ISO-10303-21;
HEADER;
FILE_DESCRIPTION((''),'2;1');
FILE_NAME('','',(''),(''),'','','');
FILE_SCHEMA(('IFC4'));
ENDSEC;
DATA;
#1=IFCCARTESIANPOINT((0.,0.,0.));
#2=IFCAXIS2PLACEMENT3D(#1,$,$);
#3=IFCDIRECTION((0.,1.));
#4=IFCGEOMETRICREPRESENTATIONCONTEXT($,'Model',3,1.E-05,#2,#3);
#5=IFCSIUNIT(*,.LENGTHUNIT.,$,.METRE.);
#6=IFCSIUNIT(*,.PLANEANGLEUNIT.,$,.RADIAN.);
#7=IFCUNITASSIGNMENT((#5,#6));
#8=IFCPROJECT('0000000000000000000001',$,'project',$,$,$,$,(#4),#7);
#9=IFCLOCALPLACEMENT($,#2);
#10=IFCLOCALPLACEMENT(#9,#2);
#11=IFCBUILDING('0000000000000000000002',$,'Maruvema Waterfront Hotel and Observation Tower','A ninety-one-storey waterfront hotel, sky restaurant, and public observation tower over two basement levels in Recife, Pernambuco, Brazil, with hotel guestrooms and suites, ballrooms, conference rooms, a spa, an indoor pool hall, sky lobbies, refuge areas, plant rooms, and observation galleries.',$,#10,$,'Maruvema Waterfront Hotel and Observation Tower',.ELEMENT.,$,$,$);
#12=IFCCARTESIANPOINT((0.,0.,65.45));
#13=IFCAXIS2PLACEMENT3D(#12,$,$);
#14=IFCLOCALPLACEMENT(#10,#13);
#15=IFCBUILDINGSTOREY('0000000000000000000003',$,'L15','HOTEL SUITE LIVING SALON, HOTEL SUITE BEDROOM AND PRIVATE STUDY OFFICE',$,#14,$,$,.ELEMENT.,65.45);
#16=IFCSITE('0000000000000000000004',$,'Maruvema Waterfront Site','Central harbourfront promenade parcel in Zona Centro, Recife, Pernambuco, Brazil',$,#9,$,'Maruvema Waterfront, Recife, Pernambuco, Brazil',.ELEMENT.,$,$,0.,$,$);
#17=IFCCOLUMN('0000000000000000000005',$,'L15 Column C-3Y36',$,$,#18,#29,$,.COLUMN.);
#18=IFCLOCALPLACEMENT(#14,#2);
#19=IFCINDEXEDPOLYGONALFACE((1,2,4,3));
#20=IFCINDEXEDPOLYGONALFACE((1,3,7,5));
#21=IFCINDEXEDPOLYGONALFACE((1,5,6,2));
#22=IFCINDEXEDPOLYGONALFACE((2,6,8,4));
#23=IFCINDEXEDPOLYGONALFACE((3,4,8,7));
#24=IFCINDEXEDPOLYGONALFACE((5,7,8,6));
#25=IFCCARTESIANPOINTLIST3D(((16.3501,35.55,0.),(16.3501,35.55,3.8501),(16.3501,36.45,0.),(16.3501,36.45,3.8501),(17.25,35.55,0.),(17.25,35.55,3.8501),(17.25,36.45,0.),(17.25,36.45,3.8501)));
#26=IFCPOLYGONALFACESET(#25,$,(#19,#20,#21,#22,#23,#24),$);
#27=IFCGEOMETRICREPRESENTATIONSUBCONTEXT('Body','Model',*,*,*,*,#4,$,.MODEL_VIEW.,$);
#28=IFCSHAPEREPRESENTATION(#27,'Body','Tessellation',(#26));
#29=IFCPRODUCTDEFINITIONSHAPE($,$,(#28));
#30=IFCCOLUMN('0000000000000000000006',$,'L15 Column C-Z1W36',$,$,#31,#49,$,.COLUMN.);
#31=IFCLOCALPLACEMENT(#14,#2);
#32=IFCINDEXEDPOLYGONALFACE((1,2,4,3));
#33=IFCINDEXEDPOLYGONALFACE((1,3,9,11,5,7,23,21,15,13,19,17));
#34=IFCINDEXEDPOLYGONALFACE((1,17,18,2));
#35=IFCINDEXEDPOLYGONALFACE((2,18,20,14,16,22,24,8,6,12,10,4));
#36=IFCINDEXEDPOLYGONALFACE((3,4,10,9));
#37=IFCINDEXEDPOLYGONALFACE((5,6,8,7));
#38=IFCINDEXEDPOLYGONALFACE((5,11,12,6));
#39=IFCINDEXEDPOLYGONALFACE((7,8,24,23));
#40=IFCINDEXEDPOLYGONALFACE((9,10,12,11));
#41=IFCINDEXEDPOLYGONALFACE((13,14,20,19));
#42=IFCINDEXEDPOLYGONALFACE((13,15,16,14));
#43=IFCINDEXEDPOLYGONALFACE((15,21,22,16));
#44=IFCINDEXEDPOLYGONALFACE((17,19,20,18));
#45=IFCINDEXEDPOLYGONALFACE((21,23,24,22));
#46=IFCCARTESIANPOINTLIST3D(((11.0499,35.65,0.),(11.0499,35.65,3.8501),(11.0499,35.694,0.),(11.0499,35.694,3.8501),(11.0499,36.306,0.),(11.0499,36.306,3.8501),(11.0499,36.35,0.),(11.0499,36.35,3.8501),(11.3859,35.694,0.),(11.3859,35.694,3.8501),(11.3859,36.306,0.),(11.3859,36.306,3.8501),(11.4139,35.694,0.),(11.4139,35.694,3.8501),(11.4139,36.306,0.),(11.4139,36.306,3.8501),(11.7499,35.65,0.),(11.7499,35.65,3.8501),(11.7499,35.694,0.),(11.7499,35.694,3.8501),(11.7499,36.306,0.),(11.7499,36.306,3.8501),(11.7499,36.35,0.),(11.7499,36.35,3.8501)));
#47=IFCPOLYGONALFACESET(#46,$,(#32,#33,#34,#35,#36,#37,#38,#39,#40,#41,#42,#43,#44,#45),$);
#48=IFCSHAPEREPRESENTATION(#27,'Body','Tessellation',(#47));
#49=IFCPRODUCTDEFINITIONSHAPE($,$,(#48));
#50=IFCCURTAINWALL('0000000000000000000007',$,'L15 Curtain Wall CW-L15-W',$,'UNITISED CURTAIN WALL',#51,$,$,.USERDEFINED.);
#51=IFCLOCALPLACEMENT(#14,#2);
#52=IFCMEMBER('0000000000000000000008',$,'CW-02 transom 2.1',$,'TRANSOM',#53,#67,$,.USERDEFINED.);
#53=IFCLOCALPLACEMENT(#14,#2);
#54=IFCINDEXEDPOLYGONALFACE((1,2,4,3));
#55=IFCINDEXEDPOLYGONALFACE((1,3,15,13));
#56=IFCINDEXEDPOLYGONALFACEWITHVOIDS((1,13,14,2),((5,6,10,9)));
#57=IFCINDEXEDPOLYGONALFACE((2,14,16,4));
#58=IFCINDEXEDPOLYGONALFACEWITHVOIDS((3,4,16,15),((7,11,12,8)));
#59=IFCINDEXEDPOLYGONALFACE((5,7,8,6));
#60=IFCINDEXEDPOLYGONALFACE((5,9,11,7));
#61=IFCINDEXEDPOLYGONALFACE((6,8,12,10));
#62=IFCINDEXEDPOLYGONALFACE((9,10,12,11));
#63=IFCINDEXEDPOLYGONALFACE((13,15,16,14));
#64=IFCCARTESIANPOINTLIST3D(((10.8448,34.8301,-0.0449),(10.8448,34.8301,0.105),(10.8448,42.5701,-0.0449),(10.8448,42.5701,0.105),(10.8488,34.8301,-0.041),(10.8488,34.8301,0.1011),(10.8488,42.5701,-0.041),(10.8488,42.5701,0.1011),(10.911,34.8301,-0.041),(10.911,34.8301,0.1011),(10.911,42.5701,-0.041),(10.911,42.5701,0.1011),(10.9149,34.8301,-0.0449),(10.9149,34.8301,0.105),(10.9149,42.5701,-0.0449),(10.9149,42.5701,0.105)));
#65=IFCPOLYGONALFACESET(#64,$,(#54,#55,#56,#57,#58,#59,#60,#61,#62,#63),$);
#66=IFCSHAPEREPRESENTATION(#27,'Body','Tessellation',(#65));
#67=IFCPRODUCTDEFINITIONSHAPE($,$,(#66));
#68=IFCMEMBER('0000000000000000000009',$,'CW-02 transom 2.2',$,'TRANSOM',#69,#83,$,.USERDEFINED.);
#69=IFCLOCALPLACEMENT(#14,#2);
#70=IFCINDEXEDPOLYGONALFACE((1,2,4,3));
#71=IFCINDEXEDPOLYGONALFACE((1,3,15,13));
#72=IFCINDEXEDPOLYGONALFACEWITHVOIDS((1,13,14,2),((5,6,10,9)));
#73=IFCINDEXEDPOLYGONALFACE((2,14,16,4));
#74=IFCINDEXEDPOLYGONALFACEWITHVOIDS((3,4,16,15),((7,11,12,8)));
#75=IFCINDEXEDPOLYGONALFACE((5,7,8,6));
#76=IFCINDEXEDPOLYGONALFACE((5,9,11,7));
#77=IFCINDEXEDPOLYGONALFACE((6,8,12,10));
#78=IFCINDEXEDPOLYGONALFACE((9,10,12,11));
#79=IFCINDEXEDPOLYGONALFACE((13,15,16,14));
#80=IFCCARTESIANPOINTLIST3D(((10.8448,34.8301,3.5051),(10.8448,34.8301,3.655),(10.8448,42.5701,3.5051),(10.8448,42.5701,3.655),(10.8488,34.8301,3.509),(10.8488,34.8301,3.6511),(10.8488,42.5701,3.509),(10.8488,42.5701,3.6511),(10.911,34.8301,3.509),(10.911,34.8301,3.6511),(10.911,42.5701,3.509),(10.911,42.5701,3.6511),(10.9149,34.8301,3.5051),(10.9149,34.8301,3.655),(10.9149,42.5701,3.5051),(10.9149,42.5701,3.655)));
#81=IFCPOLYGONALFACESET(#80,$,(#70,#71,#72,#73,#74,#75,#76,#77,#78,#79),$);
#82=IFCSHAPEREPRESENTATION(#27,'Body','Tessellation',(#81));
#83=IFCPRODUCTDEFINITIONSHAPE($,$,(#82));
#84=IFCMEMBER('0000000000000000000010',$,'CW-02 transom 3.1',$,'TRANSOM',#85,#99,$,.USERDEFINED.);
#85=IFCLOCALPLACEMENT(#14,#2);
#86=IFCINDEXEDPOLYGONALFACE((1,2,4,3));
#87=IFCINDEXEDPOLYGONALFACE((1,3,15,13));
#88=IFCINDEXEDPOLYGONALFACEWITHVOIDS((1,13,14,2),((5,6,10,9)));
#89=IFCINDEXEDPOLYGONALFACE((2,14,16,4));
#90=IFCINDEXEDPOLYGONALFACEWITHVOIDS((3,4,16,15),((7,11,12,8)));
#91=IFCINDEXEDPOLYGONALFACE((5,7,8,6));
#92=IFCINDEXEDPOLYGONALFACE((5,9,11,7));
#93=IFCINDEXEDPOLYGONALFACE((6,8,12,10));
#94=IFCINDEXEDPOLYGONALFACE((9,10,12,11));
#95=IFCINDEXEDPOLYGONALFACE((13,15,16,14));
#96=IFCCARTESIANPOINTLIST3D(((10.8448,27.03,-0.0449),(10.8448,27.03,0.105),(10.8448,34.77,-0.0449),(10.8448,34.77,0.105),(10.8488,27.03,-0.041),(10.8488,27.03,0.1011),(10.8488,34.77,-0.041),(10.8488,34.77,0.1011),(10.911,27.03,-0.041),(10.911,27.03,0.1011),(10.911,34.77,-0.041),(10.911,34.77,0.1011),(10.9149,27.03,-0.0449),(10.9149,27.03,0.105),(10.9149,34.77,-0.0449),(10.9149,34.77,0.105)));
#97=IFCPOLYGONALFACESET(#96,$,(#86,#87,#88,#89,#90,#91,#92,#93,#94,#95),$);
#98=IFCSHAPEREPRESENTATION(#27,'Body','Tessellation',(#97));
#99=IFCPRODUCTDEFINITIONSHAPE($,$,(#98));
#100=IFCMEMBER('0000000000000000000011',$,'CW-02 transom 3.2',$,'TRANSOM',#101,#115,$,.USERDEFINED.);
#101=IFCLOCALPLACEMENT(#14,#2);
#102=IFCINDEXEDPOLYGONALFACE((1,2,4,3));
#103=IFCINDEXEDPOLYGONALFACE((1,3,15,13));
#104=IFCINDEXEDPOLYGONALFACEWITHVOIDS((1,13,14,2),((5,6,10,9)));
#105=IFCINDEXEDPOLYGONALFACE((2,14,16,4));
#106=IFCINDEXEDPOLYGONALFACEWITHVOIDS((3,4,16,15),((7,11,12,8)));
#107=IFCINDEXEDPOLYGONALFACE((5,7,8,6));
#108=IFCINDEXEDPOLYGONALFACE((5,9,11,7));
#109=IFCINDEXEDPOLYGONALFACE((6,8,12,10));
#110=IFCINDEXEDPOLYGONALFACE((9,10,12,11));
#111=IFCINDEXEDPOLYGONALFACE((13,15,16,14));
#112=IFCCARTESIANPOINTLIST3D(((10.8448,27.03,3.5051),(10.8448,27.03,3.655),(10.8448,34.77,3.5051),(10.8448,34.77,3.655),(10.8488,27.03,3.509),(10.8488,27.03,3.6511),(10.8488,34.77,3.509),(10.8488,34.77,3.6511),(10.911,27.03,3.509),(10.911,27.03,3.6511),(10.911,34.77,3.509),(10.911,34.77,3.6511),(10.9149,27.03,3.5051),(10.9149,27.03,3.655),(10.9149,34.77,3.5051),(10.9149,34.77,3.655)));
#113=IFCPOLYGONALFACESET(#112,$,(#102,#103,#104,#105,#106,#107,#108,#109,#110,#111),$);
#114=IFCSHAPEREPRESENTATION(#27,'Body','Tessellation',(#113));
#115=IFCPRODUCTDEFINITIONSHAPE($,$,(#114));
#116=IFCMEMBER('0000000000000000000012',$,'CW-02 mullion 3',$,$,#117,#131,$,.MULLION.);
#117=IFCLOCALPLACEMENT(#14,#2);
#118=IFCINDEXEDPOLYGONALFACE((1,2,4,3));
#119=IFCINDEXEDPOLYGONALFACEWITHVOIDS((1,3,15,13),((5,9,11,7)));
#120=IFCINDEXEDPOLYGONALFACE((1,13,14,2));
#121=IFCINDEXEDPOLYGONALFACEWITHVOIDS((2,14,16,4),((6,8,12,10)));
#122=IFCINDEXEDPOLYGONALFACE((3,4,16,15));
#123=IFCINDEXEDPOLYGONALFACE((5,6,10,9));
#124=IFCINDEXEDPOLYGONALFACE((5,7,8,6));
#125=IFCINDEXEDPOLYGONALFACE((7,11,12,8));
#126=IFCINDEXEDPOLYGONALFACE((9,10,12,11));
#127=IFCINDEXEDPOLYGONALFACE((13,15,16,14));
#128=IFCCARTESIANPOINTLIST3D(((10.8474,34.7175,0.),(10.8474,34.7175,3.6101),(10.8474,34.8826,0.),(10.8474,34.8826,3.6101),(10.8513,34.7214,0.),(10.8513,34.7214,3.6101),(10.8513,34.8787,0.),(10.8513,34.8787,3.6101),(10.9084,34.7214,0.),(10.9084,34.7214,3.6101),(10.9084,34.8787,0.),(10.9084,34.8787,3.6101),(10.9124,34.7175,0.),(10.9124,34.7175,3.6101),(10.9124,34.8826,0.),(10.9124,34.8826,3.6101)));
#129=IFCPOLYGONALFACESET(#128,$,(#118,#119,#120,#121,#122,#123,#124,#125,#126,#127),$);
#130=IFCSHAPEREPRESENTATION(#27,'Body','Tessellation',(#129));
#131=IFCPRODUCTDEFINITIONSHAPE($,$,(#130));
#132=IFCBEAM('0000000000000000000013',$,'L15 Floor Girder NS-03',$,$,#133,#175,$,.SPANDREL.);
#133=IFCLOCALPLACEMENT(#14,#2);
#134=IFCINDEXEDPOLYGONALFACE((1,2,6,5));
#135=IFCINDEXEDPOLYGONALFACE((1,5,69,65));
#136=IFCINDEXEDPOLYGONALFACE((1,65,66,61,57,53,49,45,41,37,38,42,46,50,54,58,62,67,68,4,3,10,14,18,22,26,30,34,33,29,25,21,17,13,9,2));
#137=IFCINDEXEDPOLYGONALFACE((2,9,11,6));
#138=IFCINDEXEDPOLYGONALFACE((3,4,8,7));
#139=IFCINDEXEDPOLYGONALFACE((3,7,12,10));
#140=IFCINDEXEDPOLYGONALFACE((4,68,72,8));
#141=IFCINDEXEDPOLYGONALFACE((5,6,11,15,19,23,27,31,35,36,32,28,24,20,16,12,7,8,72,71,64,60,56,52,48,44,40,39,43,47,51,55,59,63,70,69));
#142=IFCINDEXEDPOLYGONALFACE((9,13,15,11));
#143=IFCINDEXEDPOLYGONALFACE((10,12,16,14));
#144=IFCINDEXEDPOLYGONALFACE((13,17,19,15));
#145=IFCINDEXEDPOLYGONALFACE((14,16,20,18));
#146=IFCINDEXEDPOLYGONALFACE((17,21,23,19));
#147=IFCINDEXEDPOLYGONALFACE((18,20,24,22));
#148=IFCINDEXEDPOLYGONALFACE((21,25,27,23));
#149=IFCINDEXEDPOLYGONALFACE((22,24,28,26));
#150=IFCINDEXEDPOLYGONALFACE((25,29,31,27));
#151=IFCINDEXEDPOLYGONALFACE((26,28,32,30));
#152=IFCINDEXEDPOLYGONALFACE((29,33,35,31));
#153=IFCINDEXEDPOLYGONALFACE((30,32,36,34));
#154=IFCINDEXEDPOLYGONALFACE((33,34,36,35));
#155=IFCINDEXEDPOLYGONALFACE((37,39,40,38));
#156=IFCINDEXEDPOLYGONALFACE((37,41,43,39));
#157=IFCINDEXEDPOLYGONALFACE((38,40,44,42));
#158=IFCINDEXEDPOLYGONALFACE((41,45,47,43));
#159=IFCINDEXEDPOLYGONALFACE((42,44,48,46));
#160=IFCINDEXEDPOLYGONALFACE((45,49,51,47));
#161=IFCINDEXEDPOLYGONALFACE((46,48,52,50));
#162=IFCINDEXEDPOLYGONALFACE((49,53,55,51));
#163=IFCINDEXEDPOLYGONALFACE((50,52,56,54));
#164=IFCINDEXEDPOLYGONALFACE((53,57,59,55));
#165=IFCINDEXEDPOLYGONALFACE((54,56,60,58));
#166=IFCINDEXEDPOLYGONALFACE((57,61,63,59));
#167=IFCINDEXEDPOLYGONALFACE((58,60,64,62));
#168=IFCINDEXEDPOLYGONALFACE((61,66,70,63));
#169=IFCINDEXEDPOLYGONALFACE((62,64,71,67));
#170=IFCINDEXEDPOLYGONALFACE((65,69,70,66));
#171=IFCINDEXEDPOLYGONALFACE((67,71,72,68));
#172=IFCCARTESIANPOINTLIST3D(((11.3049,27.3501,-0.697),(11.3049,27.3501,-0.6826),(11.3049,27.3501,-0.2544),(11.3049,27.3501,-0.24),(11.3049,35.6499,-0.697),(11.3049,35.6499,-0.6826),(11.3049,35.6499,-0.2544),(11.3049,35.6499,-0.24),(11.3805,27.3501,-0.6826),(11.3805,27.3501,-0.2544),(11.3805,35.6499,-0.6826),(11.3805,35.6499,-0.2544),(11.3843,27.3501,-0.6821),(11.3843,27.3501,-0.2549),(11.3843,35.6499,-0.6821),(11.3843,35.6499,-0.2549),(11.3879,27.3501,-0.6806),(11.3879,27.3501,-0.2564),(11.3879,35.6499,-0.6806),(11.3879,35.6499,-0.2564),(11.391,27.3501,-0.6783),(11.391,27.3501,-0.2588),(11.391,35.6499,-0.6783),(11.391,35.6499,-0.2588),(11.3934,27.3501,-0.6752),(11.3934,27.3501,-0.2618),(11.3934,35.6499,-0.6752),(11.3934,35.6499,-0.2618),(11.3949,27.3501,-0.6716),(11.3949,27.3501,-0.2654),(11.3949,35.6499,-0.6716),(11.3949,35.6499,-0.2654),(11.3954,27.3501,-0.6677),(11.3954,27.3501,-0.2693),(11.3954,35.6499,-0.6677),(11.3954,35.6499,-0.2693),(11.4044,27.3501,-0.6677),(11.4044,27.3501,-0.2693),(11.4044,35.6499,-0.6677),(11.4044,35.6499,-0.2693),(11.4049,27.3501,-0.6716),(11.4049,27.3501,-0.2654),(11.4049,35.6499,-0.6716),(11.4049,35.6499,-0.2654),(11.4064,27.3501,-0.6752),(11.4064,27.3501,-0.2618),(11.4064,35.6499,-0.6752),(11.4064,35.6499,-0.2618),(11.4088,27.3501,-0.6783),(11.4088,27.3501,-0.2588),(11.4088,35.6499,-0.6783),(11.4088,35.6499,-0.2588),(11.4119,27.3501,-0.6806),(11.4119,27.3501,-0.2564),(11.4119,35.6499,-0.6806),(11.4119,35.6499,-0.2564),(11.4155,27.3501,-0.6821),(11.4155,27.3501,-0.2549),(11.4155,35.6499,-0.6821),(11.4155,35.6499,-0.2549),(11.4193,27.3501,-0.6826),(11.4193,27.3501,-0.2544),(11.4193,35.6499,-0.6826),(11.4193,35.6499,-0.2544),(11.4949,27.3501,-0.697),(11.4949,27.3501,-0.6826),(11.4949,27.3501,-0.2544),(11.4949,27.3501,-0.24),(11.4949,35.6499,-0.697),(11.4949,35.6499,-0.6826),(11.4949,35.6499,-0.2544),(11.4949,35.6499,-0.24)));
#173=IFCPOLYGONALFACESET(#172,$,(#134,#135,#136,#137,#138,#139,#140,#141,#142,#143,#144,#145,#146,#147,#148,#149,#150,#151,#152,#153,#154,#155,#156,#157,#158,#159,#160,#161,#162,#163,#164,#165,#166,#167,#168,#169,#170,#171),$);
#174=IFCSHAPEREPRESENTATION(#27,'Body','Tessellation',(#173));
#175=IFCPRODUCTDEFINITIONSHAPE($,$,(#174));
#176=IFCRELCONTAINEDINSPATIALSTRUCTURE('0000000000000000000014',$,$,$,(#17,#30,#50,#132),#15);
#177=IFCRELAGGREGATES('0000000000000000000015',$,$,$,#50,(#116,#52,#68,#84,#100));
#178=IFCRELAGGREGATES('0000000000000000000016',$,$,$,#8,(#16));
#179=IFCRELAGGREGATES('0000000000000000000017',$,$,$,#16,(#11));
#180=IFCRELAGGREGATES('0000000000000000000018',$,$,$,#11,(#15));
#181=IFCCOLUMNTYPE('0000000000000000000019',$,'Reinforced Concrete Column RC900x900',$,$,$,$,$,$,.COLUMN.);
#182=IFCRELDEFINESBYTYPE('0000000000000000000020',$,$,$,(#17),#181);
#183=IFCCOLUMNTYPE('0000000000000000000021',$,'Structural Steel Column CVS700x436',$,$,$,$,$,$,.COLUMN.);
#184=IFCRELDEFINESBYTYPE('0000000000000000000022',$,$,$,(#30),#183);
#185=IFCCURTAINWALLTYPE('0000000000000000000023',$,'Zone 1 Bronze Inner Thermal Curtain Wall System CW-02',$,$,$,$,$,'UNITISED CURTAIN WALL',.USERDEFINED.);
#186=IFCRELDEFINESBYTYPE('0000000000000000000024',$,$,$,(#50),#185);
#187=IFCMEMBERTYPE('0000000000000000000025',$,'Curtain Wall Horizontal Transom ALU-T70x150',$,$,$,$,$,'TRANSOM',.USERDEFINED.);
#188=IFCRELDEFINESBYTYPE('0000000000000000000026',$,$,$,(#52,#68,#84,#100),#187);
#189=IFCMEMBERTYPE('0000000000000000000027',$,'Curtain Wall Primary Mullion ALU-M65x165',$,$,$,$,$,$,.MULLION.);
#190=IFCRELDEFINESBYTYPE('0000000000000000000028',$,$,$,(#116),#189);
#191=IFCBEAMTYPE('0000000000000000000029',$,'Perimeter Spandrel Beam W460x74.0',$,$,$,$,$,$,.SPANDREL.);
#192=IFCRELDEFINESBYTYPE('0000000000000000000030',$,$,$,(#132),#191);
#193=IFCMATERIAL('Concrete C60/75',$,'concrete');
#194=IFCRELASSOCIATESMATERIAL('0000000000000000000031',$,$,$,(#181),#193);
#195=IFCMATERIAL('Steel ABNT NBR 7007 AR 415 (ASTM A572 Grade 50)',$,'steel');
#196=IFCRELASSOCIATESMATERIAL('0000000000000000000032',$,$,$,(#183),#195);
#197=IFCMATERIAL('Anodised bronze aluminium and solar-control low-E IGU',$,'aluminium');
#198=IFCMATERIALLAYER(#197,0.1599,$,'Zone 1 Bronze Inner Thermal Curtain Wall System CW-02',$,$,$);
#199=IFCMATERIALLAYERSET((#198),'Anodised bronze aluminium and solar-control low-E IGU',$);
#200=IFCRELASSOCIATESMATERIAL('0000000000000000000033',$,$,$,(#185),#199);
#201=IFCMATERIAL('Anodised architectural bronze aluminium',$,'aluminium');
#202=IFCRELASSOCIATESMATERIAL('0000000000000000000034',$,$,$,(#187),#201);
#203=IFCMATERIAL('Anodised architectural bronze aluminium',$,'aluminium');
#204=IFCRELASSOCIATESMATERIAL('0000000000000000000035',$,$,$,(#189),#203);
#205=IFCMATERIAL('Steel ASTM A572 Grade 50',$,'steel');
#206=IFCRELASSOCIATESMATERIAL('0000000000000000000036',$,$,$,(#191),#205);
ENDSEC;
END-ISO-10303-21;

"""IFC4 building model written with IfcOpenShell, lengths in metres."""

from ifc_helpers import new_model, si_unit, direction, frame, origin, origin_2d, place, context, subcontext, project, spatial, rectangle, hollow_rectangle, i_section, extrude, material, layer, layer_set, material_profile, profile_set, type_object, element, aggregate, save


model = new_model("IFC4")

# Units and contexts
model_context = context("Model", 3, precision=1e-05, world=origin(), true_north=direction((0.0, 1.0)))
body_context = subcontext(model_context, "Body", "Model", "MODEL_VIEW")
ifc_project = project(units=[si_unit("LENGTHUNIT", "METRE"), si_unit("PLANEANGLEUNIT", "RADIAN")], contexts=[model_context])

# Site, building, storey
site_placement = place(None, origin())
site = spatial("IfcSite", under=ifc_project, at=site_placement, Name="Maruvema Waterfront Site", Description="Central harbourfront promenade parcel in Zona Centro, Recife, Pernambuco, Brazil", LongName="Maruvema Waterfront, Recife, Pernambuco, Brazil", CompositionType="ELEMENT", RefElevation=0.0)
building_placement = place(site_placement, origin())
building = spatial("IfcBuilding", under=site, at=building_placement, Name="Maruvema Waterfront Hotel and Observation Tower", Description="A ninety-one-storey waterfront hotel, sky restaurant, and public observation tower over two basement levels in Recife, Pernambuco, Brazil, with hotel guestrooms and suites, ballrooms, conference rooms, a spa, an indoor pool hall, sky lobbies, refuge areas, plant rooms, and observation galleries.", LongName="Maruvema Waterfront Hotel and Observation Tower", CompositionType="ELEMENT")
storey_placement = place(building_placement, frame((0.0, 0.0, 65.45)))
storey = spatial("IfcBuildingStorey", under=building, at=storey_placement, Name="L15", Description="HOTEL SUITE LIVING SALON, HOTEL SUITE BEDROOM AND PRIVATE STUDY OFFICE", CompositionType="ELEMENT", Elevation=65.45)

# Columns
ifc_material_1 = material(Name="Concrete C60/75", Category="concrete")
ifc_material_profile_1 = material_profile(ifc_material_1, rectangle(XDim=0.8999, YDim=0.8999, at=origin_2d()), Name="RC900x900")
ifc_profile_set_1 = profile_set([ifc_material_profile_1], Name="Concrete C60/75")
column_type_1 = type_object("IfcColumnType", Name="Reinforced Concrete Column RC900x900", PredefinedType="COLUMN", material=ifc_profile_set_1)
column_1_placement = place(storey_placement, frame((16.8, 36.0, 0.0), z_axis=(0.0, 0.0, 1.0), x_axis=(1.0, 0.0, 0.0)))
element("IfcColumn", 1, at=column_1_placement, inside=storey, type_object=column_type_1, Name="L15 Column C-3Y36", PredefinedType="COLUMN", context=body_context, shape_type="SweptSolid", body=[
    extrude(rectangle(XDim=0.8999, YDim=0.8999, at=origin_2d()), origin(), (0.0, 0.0, 1.0), 3.8501),
])
ifc_material_2 = material(Name="Steel ABNT NBR 7007 AR 415 (ASTM A572 Grade 50)", Category="steel")
ifc_material_profile_2 = material_profile(ifc_material_2, i_section(OverallWidth=0.7, OverallDepth=0.7, WebThickness=0.0281, FlangeThickness=0.0439, at=origin_2d()), Name="CVS700x436")
ifc_profile_set_2 = profile_set([ifc_material_profile_2], Name="Steel ABNT NBR 7007 AR 415 (ASTM A572 Grade 50)")
column_type_2 = type_object("IfcColumnType", Name="Structural Steel Column CVS700x436", PredefinedType="COLUMN", material=ifc_profile_set_2)
column_2_placement = place(storey_placement, frame((11.3999, 36.0, 0.0), z_axis=(0.0, 0.0, 1.0), x_axis=(1.0, 0.0, 0.0)))
element("IfcColumn", 2, at=column_2_placement, inside=storey, type_object=column_type_2, Name="L15 Column C-Z1W36", PredefinedType="COLUMN", context=body_context, shape_type="SweptSolid", body=[
    extrude(i_section(OverallWidth=0.7, OverallDepth=0.7, WebThickness=0.0281, FlangeThickness=0.0439, at=origin_2d()), origin(), (0.0, 0.0, 1.0), 3.8501),
])

# Curtain wall, members
ifc_material_3 = material(Name="Anodised bronze aluminium and solar-control low-E IGU", Category="aluminium")
ifc_layer_1 = layer(ifc_material_3, 0.1599, Name="Zone 1 Bronze Inner Thermal Curtain Wall System CW-02")
ifc_layer_set_1 = layer_set([ifc_layer_1], Name="Anodised bronze aluminium and solar-control low-E IGU")
curtain_wall_type = type_object("IfcCurtainWallType", Name="Zone 1 Bronze Inner Thermal Curtain Wall System CW-02", ElementType="UNITISED CURTAIN WALL", PredefinedType="USERDEFINED", material=ifc_layer_set_1)
curtain_wall_placement = place(storey_placement, origin())
curtain_wall = element("IfcCurtainWall", 3, at=curtain_wall_placement, inside=storey, type_object=curtain_wall_type, Name="L15 Curtain Wall CW-L15-W", ObjectType="UNITISED CURTAIN WALL", PredefinedType="USERDEFINED")
ifc_material_4 = material(Name="Anodised architectural bronze aluminium", Category="aluminium")
ifc_material_profile_3 = material_profile(ifc_material_4, hollow_rectangle(XDim=0.0701, YDim=0.1499, WallThickness=0.0039, at=origin_2d()), Name="ALU-T70x150")
ifc_profile_set_3 = profile_set([ifc_material_profile_3], Name="Anodised architectural bronze aluminium")
member_type_1 = type_object("IfcMemberType", Name="Curtain Wall Horizontal Transom ALU-T70x150", ElementType="TRANSOM", PredefinedType="USERDEFINED", material=ifc_profile_set_3)
member_1_placement = place(storey_placement, frame((10.8799, 42.5701, 0.03), z_axis=(0.0, -1.0, 0.0), x_axis=(1.0, 0.0, 0.0)))
member_1 = element("IfcMember", 4, at=member_1_placement, type_object=member_type_1, Name="CW-02 transom 2.1", ObjectType="TRANSOM", PredefinedType="USERDEFINED", context=body_context, shape_type="SweptSolid", body=[
    extrude(hollow_rectangle(XDim=0.0701, YDim=0.1499, WallThickness=0.0039, at=origin_2d()), origin(), (0.0, 0.0, 1.0), 7.74),
])
member_2_placement = place(storey_placement, frame((10.8799, 42.5701, 3.5801), z_axis=(0.0, -1.0, 0.0), x_axis=(1.0, 0.0, 0.0)))
member_2 = element("IfcMember", 5, at=member_2_placement, type_object=member_type_1, Name="CW-02 transom 2.2", ObjectType="TRANSOM", PredefinedType="USERDEFINED", context=body_context, shape_type="SweptSolid", body=[
    extrude(hollow_rectangle(XDim=0.0701, YDim=0.1499, WallThickness=0.0039, at=origin_2d()), origin(), (0.0, 0.0, 1.0), 7.74),
])
member_3_placement = place(storey_placement, frame((10.8799, 34.77, 0.03), z_axis=(0.0, -1.0, 0.0), x_axis=(1.0, 0.0, 0.0)))
member_3 = element("IfcMember", 6, at=member_3_placement, type_object=member_type_1, Name="CW-02 transom 3.1", ObjectType="TRANSOM", PredefinedType="USERDEFINED", context=body_context, shape_type="SweptSolid", body=[
    extrude(hollow_rectangle(XDim=0.0701, YDim=0.1499, WallThickness=0.0039, at=origin_2d()), origin(), (0.0, 0.0, 1.0), 7.74),
])
member_4_placement = place(storey_placement, frame((10.8799, 34.77, 3.5801), z_axis=(0.0, -1.0, 0.0), x_axis=(1.0, 0.0, 0.0)))
member_4 = element("IfcMember", 7, at=member_4_placement, type_object=member_type_1, Name="CW-02 transom 3.2", ObjectType="TRANSOM", PredefinedType="USERDEFINED", context=body_context, shape_type="SweptSolid", body=[
    extrude(hollow_rectangle(XDim=0.0701, YDim=0.1499, WallThickness=0.0039, at=origin_2d()), origin(), (0.0, 0.0, 1.0), 7.74),
])
ifc_material_5 = material(Name="Anodised architectural bronze aluminium", Category="aluminium")
ifc_material_profile_4 = material_profile(ifc_material_5, hollow_rectangle(XDim=0.0649, YDim=0.165, WallThickness=0.0039, at=origin_2d()), Name="ALU-M65x165")
ifc_profile_set_4 = profile_set([ifc_material_profile_4], Name="Anodised architectural bronze aluminium")
member_type_2 = type_object("IfcMemberType", Name="Curtain Wall Primary Mullion ALU-M65x165", PredefinedType="MULLION", material=ifc_profile_set_4)
member_5_placement = place(storey_placement, frame((10.8799, 34.8, 0.0), z_axis=(0.0, 0.0, 1.0), x_axis=(1.0, 0.0, 0.0)))
member_5 = element("IfcMember", 8, at=member_5_placement, type_object=member_type_2, Name="CW-02 mullion 3", PredefinedType="MULLION", context=body_context, shape_type="SweptSolid", body=[
    extrude(hollow_rectangle(XDim=0.0649, YDim=0.165, WallThickness=0.0039, at=origin_2d()), origin(), (0.0, 0.0, 1.0), 3.6101),
])

# Beam
ifc_material_6 = material(Name="Steel ASTM A572 Grade 50", Category="steel")
ifc_material_profile_5 = material_profile(ifc_material_6, i_section(OverallWidth=0.1899, OverallDepth=0.457, WebThickness=0.009, FlangeThickness=0.0144, FilletRadius=0.0149, at=origin_2d()), Name="W460x74.0")
ifc_profile_set_5 = profile_set([ifc_material_profile_5], Name="Steel ASTM A572 Grade 50")
beam_type_1 = type_object("IfcBeamType", Name="Perimeter Spandrel Beam W460x74.0", PredefinedType="SPANDREL", material=ifc_profile_set_5)
for number, where, z_axis, x_axis, name in (
    (9, (11.3999, 27.3501, -0.4685), (0.0, 1.0, 0.0), (-1.0, 0.0, 0.0), "L15 Floor Girder NS-03"),
):
    element("IfcBeam", number, at=place(storey_placement, frame(where, z_axis=z_axis, x_axis=x_axis)), inside=storey, type_object=beam_type_1, Name=name, PredefinedType="SPANDREL", context=body_context, shape_type="SweptSolid", body=[
        extrude(i_section(OverallWidth=0.1899, OverallDepth=0.457, WebThickness=0.009, FlangeThickness=0.0144, FilletRadius=0.0149, at=origin_2d()), origin(), (0.0, 0.0, 1.0), 8.2998),
    ])

aggregate(curtain_wall, [member_5, member_1, member_2, member_3, member_4])

save(model, "model.ifc")
